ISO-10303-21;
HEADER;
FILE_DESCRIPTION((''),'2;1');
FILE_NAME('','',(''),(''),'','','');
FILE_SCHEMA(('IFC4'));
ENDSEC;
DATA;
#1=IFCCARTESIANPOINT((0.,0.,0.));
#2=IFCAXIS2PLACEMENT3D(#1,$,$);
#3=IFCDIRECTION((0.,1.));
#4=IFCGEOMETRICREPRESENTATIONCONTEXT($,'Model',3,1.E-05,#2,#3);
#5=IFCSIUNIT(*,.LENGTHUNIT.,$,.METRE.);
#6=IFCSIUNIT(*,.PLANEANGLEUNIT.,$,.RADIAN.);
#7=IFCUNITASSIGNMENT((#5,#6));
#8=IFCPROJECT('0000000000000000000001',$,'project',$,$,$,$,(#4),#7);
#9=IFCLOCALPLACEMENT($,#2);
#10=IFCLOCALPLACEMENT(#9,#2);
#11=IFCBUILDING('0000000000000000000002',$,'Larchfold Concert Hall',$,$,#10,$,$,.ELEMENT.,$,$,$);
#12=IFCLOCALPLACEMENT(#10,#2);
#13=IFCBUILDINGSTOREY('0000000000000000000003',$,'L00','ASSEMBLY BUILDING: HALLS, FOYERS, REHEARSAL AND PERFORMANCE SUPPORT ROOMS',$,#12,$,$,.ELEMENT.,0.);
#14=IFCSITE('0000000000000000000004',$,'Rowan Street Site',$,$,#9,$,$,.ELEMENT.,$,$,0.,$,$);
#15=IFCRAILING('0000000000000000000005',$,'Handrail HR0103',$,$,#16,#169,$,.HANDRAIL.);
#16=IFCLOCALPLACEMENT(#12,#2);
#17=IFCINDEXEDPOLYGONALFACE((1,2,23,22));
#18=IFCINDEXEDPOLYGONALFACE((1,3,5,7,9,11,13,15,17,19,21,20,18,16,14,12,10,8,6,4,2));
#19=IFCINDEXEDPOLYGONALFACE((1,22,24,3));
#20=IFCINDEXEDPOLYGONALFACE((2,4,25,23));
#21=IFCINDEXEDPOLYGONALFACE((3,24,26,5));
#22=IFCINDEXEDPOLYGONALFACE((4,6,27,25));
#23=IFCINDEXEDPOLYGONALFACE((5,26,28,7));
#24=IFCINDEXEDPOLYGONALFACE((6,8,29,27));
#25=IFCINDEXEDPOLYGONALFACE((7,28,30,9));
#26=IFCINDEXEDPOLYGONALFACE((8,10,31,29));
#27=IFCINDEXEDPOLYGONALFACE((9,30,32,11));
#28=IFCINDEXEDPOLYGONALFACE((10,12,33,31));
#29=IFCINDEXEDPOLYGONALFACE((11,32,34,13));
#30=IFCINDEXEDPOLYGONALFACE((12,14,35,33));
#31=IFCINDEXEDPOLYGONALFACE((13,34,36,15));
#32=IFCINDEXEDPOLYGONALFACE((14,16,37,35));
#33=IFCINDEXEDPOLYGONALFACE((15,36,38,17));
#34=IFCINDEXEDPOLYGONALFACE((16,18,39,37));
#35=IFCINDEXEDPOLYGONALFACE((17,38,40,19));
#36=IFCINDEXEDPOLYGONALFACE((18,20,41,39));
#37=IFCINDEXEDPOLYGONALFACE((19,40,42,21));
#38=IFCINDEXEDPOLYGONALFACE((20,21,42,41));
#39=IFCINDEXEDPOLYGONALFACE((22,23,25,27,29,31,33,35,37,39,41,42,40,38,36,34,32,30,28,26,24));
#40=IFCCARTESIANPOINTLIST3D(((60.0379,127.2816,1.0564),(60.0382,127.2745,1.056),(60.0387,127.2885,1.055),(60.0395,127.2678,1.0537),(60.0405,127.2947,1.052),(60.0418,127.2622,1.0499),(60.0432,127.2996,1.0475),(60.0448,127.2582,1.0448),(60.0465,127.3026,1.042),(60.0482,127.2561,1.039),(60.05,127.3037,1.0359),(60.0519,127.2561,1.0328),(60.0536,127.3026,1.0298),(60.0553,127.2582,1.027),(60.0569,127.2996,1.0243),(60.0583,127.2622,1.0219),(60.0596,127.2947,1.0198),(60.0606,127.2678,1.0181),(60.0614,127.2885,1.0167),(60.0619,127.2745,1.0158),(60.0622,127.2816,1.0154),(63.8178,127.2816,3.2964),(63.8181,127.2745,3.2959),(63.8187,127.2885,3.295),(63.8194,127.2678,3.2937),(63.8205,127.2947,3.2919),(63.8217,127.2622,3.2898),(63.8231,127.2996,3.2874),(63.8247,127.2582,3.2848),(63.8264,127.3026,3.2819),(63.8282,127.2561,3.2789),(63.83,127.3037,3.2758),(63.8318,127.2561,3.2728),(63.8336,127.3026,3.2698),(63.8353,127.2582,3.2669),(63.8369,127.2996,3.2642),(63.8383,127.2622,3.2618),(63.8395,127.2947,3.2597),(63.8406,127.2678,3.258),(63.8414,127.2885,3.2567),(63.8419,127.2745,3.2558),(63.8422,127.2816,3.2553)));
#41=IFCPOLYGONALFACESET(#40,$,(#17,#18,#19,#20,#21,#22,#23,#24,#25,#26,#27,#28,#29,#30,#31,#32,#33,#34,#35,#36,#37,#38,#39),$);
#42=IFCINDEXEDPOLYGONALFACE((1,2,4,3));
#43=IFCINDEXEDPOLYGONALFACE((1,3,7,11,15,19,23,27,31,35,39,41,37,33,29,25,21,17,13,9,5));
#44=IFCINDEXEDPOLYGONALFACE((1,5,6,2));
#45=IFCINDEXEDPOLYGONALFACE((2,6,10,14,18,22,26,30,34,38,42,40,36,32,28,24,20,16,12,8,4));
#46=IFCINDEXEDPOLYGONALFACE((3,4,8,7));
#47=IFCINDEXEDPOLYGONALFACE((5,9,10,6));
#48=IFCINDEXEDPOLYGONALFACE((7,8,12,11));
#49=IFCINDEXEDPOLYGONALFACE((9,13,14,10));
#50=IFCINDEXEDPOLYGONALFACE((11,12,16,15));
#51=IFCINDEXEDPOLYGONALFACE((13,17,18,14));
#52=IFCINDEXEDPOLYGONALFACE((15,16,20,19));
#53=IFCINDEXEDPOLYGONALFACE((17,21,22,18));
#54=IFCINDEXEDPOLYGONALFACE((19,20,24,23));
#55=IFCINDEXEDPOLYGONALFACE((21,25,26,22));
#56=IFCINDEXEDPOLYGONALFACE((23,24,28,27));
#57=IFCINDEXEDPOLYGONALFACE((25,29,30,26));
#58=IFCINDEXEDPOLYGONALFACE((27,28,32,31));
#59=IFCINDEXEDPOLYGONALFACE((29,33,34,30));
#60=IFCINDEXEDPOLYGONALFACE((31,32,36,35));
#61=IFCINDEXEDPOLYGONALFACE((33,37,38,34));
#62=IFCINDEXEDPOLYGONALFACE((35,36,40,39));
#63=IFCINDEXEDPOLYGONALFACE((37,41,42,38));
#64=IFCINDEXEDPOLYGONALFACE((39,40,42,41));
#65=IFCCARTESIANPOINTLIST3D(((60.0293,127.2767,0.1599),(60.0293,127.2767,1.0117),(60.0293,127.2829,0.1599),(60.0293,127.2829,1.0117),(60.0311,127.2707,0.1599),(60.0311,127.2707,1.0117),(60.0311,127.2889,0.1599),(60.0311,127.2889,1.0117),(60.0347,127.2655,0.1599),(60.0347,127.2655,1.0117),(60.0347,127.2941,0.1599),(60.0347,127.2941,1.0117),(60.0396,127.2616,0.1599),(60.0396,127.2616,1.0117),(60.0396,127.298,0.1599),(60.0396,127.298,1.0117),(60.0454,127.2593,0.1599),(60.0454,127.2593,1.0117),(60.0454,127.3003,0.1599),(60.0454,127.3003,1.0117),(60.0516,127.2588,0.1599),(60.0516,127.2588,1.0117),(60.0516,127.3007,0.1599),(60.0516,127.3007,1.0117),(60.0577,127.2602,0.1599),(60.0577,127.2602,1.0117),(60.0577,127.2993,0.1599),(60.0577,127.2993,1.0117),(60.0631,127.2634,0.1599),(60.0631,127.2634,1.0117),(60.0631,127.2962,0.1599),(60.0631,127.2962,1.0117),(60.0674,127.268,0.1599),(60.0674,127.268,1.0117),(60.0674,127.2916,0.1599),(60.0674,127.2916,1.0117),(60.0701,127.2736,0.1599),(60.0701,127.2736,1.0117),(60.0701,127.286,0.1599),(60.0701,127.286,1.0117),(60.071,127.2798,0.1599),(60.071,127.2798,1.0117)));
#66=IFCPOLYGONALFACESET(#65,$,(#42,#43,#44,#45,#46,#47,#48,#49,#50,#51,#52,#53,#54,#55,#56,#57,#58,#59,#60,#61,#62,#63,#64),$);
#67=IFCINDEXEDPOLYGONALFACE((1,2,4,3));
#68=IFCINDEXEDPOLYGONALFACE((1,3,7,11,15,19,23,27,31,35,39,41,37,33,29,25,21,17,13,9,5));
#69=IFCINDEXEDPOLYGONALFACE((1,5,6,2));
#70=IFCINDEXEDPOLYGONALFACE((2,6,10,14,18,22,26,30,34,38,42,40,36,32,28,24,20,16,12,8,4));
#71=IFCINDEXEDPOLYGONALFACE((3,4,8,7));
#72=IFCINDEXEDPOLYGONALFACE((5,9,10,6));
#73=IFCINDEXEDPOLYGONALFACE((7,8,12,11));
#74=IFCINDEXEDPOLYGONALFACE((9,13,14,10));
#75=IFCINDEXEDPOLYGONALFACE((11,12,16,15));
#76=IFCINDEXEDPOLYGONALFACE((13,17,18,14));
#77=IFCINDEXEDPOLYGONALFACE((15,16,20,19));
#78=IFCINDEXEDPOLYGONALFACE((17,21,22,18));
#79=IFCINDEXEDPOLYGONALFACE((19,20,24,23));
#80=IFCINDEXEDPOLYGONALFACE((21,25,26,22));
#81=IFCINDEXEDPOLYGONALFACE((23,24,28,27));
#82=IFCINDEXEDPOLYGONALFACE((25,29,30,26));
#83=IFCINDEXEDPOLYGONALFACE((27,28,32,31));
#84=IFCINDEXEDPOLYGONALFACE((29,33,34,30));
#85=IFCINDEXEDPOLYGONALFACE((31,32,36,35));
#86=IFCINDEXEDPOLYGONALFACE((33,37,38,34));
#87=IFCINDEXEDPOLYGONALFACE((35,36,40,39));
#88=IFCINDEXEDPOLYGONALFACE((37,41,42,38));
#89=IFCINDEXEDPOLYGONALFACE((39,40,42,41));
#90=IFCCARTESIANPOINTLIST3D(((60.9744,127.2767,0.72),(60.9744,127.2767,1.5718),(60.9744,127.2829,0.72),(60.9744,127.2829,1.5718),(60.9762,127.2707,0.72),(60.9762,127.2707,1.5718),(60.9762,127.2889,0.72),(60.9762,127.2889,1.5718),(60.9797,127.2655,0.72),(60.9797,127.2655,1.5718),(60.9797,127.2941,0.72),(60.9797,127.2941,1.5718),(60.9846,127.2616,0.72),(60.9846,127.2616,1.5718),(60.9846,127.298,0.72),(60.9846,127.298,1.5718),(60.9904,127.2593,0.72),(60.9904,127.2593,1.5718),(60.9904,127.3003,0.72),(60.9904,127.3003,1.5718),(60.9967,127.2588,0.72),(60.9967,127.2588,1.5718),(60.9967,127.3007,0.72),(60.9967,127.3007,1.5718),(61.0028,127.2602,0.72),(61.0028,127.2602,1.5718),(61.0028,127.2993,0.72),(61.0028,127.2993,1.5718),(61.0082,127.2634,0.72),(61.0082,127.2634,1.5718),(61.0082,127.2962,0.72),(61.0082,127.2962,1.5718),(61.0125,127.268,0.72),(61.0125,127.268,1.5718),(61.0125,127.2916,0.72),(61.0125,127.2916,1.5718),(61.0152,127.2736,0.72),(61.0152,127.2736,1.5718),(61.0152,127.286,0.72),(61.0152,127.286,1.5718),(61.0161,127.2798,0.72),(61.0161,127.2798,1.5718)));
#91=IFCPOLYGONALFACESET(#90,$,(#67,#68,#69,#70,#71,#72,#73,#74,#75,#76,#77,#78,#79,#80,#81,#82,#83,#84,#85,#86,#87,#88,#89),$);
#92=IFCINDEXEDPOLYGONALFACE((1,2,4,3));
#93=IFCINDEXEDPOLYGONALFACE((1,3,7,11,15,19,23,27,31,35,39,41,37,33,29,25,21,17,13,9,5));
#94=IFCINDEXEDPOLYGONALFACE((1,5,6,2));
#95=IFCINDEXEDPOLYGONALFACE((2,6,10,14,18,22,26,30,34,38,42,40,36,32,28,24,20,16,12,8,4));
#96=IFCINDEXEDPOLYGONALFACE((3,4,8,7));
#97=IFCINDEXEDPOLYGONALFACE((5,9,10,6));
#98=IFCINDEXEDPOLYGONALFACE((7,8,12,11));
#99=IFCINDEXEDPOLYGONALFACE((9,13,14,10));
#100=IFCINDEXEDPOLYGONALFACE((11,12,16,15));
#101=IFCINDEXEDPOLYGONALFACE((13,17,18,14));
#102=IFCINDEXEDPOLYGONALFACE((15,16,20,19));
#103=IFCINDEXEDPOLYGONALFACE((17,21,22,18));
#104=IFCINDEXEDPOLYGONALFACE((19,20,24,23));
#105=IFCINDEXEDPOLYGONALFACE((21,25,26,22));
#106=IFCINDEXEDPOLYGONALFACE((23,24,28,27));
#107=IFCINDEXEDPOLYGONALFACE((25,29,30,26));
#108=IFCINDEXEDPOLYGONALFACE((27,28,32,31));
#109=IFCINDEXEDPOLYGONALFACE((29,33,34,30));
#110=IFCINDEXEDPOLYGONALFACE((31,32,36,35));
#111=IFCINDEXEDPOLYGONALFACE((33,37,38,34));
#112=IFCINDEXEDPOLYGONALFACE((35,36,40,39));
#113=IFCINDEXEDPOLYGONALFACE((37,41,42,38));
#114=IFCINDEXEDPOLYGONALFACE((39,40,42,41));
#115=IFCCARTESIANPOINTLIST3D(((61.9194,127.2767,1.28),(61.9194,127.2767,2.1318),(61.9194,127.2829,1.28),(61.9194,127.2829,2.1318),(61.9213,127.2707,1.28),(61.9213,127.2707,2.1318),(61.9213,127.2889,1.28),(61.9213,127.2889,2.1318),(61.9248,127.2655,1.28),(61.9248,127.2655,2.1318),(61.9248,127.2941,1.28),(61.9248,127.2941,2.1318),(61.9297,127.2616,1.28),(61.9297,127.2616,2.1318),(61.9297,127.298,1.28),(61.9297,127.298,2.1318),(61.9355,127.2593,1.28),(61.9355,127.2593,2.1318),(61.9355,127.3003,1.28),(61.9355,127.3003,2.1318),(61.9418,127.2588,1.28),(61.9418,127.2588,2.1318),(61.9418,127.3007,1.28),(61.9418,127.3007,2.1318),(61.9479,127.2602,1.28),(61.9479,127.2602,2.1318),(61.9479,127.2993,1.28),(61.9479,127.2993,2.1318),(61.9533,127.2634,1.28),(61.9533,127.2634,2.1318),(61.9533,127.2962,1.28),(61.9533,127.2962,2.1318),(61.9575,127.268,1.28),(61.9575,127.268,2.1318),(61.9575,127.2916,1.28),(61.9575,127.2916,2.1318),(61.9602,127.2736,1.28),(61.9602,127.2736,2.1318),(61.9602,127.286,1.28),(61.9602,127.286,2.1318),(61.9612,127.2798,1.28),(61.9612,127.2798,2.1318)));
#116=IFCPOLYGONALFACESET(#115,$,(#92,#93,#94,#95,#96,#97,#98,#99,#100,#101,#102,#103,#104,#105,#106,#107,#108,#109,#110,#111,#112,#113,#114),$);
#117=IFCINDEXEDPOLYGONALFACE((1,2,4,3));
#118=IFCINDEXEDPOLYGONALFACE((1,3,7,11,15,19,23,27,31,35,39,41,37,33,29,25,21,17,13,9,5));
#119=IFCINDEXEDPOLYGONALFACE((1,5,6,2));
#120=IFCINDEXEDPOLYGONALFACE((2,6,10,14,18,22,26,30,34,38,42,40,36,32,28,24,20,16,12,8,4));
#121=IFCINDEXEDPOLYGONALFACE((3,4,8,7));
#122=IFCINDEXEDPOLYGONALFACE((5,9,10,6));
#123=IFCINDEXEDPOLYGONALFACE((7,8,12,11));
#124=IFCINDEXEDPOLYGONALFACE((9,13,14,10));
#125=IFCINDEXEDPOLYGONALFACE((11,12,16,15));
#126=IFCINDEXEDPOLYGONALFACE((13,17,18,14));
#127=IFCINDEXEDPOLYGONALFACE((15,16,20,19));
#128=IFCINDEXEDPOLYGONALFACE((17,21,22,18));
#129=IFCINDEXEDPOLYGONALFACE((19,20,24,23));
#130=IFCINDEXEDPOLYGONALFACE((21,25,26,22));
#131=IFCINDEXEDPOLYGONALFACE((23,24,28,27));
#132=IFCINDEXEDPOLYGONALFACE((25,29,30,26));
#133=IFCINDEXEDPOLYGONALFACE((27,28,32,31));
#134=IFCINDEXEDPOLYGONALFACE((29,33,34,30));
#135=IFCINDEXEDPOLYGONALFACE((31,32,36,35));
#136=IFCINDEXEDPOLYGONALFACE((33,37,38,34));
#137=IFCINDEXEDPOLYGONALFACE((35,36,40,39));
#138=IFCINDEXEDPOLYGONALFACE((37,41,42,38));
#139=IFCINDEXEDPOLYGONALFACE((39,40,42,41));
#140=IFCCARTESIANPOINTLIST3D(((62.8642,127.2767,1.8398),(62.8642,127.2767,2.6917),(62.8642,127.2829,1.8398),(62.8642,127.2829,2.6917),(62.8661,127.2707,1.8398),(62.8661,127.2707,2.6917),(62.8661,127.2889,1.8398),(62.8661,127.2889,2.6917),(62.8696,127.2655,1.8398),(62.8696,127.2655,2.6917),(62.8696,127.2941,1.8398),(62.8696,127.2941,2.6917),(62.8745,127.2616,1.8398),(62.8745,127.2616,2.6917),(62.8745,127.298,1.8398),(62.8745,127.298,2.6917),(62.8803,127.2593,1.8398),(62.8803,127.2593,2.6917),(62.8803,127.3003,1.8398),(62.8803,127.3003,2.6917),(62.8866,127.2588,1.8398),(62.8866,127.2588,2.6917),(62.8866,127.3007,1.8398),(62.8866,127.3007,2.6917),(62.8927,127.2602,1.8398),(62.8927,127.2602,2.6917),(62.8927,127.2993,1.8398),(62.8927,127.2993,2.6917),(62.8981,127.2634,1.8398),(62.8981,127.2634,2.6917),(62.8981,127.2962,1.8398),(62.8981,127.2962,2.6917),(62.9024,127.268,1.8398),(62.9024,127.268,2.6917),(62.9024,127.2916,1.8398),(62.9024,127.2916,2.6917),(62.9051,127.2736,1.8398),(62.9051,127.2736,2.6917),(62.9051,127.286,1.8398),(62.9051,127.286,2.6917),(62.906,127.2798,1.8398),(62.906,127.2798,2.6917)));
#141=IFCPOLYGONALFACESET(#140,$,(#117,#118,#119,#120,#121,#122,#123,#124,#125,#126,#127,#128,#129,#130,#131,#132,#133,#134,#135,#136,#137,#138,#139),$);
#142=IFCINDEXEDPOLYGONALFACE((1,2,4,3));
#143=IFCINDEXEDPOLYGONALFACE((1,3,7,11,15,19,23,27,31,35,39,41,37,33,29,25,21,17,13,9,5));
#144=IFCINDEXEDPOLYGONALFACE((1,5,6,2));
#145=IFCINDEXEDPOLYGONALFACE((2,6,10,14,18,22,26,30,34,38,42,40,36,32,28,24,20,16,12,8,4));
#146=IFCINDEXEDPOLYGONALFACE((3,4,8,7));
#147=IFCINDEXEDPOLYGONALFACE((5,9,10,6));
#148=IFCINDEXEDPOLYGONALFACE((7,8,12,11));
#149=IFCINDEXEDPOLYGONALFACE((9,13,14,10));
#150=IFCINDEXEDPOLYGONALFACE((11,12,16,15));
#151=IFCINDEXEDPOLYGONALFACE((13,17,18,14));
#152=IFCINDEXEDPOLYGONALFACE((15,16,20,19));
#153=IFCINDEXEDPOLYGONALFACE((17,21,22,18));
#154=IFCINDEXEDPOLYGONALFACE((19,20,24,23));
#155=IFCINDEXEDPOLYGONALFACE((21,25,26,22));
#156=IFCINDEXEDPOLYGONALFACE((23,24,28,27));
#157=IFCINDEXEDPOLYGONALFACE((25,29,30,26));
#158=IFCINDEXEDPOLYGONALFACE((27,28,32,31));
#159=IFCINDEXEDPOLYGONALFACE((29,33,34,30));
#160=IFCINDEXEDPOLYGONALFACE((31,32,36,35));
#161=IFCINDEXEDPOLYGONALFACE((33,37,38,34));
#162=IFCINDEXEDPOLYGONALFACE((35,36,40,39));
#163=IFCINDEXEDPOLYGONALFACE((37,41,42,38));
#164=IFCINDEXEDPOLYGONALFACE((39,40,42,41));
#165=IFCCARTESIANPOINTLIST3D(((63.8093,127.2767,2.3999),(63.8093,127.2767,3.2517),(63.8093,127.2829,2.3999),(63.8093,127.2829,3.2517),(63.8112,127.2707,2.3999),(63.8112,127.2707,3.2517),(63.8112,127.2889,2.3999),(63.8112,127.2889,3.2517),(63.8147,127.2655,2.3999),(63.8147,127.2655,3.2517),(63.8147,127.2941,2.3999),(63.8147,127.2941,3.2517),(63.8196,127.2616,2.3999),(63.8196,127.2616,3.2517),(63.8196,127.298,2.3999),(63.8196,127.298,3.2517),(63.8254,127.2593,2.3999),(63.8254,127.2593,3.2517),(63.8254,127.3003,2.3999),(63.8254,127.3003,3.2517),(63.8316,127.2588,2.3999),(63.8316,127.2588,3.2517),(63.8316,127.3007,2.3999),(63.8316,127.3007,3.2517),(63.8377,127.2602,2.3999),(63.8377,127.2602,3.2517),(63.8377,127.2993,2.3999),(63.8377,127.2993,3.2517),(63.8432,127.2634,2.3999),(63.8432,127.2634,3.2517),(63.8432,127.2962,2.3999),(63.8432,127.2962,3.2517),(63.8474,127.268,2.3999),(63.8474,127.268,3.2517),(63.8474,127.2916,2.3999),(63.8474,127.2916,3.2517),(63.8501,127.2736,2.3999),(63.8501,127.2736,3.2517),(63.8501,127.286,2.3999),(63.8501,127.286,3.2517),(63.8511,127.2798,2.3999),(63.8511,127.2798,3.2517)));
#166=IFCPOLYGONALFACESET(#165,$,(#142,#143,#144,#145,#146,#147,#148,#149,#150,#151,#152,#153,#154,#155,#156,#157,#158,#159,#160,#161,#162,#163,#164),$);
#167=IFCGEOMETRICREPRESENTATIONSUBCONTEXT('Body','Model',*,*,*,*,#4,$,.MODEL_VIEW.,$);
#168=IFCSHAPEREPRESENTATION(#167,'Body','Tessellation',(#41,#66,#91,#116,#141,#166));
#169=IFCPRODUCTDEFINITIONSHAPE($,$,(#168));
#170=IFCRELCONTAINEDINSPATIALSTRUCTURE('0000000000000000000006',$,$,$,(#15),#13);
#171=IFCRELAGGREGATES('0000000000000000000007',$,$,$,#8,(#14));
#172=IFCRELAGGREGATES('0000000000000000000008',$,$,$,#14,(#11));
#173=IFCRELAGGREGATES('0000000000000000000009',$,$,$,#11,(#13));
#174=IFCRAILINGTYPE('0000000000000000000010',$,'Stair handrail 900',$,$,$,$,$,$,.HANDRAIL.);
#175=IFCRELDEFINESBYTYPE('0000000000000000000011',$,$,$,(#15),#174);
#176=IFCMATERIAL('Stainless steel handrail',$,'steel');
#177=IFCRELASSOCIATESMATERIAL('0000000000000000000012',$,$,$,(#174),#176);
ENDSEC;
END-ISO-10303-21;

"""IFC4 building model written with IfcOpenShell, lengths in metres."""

from ifc_helpers import new_model, si_unit, direction, frame, origin, origin_2d, place, context, subcontext, project, spatial, circle, extrude, material, type_object, element, save


model = new_model("IFC4")

# Units and contexts
model_context = context("Model", 3, precision=1e-05, world=origin(), true_north=direction((0.0, 1.0)))
body_context = subcontext(model_context, "Body", "Model", "MODEL_VIEW")
ifc_project = project(units=[si_unit("LENGTHUNIT", "METRE"), si_unit("PLANEANGLEUNIT", "RADIAN")], contexts=[model_context])

# Site, building, storey
site_placement = place(None, origin())
site = spatial("IfcSite", under=ifc_project, at=site_placement, Name="Rowan Street Site", CompositionType="ELEMENT", RefElevation=0.0)
building_placement = place(site_placement, origin())
building = spatial("IfcBuilding", under=site, at=building_placement, Name="Larchfold Concert Hall", CompositionType="ELEMENT")
storey_placement = place(building_placement, origin())
storey = spatial("IfcBuildingStorey", under=building, at=storey_placement, Name="L00", Description="ASSEMBLY BUILDING: HALLS, FOYERS, REHEARSAL AND PERFORMANCE SUPPORT ROOMS", CompositionType="ELEMENT", Elevation=0.0)

# Railing
ifc_material_1 = material(Name="Stainless steel handrail", Category="steel")
railing_type_1 = type_object("IfcRailingType", Name="Stair handrail 900", PredefinedType="HANDRAIL", material=ifc_material_1)
for number, where, name in (
    (1, (60.05, 127.2798, 0.1599), "Handrail HR0103"),
):
    element("IfcRailing", number, at=place(storey_placement, frame(where)), inside=storey, type_object=railing_type_1, Name=name, PredefinedType="HANDRAIL", context=body_context, shape_type="SweptSolid", body=[
        extrude(circle(Radius=0.0239, at=origin_2d()), frame((0.0, 0.0, 0.876), z_axis=(0.860294, 0.0, 0.509798), x_axis=(0.0, 1.0, 0.0)), (0.0, 0.0, 1.0), 4.3938),
        extrude(circle(Radius=0.021, at=origin_2d()), origin(), (0.0, 0.0, 1.0), 0.8518),
        extrude(circle(Radius=0.021, at=origin_2d()), frame((0.9451, 0.0, 0.5601)), (0.0, 0.0, 1.0), 0.8518),
        extrude(circle(Radius=0.021, at=origin_2d()), frame((1.8901, 0.0, 1.1201)), (0.0, 0.0, 1.0), 0.8518),
        extrude(circle(Radius=0.021, at=origin_2d()), frame((2.835, 0.0, 1.6799)), (0.0, 0.0, 1.0), 0.8518),
        extrude(circle(Radius=0.021, at=origin_2d()), frame((3.78, 0.0, 2.24)), (0.0, 0.0, 1.0), 0.8518),
    ])

save(model, "model.ifc")
